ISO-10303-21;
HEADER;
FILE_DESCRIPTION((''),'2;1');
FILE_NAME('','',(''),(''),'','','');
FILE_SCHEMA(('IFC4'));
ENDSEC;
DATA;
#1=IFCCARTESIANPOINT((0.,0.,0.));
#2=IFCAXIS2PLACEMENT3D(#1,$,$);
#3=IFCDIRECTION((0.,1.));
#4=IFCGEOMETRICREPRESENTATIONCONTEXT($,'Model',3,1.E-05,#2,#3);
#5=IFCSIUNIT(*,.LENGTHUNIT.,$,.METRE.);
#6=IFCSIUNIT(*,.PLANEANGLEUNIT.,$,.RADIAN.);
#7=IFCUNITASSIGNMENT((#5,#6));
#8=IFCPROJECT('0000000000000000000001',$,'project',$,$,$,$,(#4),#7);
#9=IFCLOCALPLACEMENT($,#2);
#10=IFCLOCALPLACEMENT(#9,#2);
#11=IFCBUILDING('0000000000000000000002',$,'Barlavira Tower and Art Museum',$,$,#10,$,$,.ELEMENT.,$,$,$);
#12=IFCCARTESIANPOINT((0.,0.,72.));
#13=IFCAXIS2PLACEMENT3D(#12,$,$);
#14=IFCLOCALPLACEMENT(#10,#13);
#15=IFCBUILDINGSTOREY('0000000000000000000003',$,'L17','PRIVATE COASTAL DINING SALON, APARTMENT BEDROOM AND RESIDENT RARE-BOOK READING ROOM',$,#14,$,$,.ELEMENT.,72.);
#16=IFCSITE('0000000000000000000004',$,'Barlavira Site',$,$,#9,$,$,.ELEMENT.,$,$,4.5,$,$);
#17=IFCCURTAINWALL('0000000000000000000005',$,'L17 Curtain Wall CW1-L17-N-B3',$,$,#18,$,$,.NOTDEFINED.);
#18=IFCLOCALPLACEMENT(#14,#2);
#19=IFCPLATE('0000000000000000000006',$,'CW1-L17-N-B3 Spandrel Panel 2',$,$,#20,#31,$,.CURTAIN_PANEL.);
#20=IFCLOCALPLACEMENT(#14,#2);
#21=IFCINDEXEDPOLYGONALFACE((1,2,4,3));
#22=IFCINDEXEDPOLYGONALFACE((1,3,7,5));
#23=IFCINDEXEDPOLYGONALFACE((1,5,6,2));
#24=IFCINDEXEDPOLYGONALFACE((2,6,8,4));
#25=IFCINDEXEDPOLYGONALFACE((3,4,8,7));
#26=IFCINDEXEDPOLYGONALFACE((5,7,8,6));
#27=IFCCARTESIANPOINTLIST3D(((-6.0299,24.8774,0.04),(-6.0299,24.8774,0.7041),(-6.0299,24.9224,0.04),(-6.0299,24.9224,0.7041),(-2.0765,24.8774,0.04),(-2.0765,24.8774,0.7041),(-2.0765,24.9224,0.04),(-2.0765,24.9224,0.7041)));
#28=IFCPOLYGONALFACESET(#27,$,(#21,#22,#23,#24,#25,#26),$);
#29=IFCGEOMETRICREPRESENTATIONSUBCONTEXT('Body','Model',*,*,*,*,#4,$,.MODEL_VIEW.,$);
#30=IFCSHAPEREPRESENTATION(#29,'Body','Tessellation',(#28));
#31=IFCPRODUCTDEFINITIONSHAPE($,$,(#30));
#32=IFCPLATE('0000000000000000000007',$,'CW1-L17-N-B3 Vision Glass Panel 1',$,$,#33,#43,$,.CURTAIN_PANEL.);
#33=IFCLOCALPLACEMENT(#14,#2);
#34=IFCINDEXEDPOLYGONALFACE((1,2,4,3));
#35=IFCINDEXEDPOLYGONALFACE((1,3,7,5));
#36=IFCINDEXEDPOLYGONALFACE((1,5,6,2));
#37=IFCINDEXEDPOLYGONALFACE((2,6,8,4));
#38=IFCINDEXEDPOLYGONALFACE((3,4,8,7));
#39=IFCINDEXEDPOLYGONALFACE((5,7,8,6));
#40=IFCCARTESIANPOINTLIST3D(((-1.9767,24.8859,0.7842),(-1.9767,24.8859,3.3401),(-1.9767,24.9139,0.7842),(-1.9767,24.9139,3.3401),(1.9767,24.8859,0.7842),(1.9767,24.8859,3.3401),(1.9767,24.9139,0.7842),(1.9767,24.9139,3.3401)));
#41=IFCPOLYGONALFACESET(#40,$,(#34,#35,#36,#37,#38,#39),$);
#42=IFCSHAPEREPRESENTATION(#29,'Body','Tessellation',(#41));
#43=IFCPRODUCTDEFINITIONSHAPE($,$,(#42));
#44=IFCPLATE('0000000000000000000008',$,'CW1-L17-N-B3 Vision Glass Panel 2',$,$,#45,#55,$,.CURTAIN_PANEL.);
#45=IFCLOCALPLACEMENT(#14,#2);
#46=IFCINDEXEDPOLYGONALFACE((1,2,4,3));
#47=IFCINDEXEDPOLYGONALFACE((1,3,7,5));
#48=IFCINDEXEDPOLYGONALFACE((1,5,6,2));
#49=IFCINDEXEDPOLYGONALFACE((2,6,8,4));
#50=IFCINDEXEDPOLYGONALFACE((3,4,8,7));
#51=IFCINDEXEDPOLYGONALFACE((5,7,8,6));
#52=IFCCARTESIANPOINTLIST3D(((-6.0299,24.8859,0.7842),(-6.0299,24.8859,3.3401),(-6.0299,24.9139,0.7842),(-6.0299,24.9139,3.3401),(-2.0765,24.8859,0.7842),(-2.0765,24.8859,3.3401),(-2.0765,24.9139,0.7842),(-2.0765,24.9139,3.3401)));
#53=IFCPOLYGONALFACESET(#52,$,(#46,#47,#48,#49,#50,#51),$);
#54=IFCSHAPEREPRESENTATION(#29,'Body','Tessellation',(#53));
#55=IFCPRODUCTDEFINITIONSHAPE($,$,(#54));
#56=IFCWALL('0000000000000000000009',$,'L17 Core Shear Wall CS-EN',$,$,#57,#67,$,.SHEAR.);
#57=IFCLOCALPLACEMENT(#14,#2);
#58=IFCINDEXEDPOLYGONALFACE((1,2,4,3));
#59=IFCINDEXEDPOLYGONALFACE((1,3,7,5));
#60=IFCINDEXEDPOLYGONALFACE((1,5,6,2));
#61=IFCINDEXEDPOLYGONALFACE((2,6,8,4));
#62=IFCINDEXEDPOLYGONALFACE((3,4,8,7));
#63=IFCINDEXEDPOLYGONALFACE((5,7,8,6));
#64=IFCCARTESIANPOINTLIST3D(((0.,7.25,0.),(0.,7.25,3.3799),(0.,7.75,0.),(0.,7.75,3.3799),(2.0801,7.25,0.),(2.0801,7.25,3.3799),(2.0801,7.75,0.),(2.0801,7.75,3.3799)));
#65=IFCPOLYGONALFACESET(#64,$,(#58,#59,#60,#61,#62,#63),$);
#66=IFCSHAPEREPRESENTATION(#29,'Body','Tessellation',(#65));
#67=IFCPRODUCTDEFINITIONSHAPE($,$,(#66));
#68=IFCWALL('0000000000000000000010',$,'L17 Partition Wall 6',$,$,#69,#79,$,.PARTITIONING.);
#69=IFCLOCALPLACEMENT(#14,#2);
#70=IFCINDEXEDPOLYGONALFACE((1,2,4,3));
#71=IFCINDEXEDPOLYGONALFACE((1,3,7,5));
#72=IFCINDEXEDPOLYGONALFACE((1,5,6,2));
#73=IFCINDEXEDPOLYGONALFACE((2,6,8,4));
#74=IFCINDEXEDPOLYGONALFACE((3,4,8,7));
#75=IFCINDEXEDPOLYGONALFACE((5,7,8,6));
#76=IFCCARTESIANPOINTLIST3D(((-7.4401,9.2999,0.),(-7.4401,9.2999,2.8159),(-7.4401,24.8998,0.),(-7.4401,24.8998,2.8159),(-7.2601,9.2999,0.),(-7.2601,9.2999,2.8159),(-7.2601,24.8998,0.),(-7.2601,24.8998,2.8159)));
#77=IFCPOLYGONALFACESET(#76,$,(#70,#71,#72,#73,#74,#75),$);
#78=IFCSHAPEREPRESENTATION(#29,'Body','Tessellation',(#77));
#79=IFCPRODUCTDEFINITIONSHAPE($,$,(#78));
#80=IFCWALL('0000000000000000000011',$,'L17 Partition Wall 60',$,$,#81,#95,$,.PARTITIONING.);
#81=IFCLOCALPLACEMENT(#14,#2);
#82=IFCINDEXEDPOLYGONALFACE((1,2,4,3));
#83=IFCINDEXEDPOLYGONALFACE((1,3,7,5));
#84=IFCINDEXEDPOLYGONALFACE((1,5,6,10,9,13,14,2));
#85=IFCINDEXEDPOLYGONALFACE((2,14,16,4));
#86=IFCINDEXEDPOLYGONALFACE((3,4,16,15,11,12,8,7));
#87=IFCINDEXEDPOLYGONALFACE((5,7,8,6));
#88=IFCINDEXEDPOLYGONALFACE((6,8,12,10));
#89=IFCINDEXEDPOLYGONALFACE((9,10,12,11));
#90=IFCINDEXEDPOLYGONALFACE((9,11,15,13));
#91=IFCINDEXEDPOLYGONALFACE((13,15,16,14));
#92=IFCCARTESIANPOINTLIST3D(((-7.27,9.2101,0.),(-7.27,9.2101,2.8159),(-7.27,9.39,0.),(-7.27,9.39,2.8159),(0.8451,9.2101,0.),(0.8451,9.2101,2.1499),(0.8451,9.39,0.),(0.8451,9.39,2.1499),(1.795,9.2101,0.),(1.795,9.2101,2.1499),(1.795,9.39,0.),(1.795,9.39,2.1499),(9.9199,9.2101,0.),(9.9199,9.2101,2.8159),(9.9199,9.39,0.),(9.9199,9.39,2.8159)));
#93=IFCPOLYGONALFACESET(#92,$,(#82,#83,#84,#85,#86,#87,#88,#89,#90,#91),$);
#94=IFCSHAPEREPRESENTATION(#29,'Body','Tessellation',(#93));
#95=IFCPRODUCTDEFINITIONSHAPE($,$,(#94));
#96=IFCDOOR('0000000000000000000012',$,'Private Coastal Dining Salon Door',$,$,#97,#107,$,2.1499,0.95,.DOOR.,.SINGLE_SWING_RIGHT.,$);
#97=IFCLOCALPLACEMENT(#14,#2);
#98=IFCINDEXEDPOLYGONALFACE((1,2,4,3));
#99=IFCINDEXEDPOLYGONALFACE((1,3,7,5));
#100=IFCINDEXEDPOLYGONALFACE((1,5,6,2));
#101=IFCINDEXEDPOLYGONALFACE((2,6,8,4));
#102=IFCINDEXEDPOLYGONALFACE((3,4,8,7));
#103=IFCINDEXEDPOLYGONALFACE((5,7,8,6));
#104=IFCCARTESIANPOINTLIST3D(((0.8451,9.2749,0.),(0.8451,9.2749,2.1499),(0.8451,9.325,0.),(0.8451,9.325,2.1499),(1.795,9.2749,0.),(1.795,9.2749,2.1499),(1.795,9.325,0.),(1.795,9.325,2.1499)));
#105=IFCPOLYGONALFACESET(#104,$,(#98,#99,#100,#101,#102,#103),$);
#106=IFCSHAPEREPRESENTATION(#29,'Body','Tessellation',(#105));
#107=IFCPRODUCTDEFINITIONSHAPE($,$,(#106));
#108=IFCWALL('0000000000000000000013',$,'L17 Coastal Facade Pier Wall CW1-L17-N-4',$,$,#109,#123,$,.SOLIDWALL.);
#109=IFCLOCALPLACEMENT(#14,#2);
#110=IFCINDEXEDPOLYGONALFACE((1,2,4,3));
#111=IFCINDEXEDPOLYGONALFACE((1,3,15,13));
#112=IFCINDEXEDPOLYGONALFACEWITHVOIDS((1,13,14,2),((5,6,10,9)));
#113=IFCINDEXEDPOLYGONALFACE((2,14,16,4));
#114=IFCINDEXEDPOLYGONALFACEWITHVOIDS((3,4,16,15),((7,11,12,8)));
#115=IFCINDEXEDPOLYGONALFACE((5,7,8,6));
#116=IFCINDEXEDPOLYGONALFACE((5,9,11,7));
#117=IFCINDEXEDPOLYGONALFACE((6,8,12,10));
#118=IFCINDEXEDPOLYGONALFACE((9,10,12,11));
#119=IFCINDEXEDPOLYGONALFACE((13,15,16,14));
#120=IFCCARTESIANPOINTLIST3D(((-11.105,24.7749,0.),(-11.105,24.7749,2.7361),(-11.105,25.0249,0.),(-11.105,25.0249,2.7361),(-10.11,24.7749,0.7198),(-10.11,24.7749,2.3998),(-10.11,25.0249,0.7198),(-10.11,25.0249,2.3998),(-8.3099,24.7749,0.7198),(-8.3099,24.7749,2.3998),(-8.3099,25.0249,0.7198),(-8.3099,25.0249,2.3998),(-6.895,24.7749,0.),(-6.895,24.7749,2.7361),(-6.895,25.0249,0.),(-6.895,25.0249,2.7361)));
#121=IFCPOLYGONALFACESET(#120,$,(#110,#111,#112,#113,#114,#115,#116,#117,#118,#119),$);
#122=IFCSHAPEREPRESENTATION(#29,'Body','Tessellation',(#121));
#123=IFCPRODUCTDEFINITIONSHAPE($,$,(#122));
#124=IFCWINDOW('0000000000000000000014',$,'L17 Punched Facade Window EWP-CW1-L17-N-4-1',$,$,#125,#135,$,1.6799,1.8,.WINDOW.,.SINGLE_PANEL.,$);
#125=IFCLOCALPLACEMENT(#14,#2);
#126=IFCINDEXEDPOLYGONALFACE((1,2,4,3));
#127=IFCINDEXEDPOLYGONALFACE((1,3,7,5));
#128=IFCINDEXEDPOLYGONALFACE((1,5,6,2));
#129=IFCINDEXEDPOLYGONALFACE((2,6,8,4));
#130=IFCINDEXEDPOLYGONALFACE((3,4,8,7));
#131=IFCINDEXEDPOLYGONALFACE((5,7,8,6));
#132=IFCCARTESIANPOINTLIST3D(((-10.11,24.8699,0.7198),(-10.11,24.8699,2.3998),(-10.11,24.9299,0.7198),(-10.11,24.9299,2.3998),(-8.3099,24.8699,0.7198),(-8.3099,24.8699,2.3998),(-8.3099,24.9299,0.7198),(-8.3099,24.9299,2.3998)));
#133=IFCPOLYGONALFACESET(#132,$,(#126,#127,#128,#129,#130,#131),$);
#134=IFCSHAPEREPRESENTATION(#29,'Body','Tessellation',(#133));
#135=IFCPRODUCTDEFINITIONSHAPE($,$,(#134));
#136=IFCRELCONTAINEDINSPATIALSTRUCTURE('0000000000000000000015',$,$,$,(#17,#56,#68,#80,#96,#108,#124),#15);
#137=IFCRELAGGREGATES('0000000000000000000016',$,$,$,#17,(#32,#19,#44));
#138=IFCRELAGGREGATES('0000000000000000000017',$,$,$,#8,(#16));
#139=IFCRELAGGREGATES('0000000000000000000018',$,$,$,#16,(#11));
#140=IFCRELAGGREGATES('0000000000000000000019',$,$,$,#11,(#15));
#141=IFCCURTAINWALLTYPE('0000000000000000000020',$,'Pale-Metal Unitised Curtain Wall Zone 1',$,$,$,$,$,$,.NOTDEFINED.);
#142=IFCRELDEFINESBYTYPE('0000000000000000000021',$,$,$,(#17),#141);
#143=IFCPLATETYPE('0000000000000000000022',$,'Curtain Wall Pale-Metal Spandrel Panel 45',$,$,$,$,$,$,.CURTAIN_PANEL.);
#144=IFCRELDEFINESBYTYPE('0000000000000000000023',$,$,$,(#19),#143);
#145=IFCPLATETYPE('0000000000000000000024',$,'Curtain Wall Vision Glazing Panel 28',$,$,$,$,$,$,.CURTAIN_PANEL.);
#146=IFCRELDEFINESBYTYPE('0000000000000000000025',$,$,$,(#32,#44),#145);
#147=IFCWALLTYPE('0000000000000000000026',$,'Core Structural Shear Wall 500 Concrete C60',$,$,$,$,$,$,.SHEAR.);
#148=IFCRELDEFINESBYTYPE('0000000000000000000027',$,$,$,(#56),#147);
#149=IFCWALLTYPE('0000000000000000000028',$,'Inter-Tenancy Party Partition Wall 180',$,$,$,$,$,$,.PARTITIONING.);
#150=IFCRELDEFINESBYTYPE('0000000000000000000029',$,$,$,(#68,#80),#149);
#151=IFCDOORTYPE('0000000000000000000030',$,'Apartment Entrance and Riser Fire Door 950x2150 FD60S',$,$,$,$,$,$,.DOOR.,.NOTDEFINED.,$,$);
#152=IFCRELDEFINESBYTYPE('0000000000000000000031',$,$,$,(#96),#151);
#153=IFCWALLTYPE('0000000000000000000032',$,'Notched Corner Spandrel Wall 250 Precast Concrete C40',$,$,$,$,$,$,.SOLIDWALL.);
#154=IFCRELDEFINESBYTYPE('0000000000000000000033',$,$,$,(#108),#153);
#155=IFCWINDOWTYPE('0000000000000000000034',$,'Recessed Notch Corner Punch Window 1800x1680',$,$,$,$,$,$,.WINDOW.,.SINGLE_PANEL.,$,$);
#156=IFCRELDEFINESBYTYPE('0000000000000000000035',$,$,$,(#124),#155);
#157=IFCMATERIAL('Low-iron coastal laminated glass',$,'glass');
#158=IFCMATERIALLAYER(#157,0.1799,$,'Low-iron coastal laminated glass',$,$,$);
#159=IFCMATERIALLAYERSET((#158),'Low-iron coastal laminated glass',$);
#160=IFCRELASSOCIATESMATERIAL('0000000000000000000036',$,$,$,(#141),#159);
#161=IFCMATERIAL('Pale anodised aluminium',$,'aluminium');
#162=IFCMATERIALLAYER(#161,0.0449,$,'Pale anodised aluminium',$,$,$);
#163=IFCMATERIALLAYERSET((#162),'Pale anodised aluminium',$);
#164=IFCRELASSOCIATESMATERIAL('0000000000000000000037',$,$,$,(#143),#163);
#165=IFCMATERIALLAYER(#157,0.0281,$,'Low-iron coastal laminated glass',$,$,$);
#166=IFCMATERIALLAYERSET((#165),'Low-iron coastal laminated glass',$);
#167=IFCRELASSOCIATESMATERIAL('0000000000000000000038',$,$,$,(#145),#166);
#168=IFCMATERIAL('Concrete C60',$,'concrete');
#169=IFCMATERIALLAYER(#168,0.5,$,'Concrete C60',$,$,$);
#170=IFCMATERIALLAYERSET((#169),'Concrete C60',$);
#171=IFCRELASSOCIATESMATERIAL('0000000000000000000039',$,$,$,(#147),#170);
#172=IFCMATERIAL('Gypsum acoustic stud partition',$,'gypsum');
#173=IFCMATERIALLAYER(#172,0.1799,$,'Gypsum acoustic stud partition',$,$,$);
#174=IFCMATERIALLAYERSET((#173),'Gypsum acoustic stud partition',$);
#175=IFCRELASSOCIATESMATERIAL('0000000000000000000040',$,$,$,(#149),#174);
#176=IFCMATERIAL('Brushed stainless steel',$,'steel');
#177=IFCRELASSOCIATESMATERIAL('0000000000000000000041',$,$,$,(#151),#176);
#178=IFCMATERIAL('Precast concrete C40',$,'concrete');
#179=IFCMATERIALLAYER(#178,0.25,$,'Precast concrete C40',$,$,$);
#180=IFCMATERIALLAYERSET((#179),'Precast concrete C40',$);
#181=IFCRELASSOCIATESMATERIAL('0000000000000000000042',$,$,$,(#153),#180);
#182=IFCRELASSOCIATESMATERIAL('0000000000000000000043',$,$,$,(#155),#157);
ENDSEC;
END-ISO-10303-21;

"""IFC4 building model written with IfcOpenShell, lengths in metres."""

from ifc_helpers import new_model, si_unit, direction, frame, frame_2d, origin, origin_2d, place, context, subcontext, project, spatial, rectangle, extrude, material, layer, layer_set, type_object, element, fill, aggregate, save


model = new_model("IFC4")

# Units and contexts
model_context = context("Model", 3, precision=1e-05, world=origin(), true_north=direction((0.0, 1.0)))
body_context = subcontext(model_context, "Body", "Model", "MODEL_VIEW")
ifc_project = project(units=[si_unit("LENGTHUNIT", "METRE"), si_unit("PLANEANGLEUNIT", "RADIAN")], contexts=[model_context])

# Site, building, storey
site_placement = place(None, origin())
site = spatial("IfcSite", under=ifc_project, at=site_placement, Name="Barlavira Site", CompositionType="ELEMENT", RefElevation=4.5)
building_placement = place(site_placement, origin())
building = spatial("IfcBuilding", under=site, at=building_placement, Name="Barlavira Tower and Art Museum", CompositionType="ELEMENT")
storey_placement = place(building_placement, frame((0.0, 0.0, 72.0)))
storey = spatial("IfcBuildingStorey", under=building, at=storey_placement, Name="L17", Description="PRIVATE COASTAL DINING SALON, APARTMENT BEDROOM AND RESIDENT RARE-BOOK READING ROOM", CompositionType="ELEMENT", Elevation=72.0)

# Shared definitions
ifc_material_1 = material(Name="Concrete C60", Category="concrete")

# Curtain wall
ifc_material_2 = material(Name="Low-iron coastal laminated glass", Category="glass")
ifc_layer_1 = layer(ifc_material_2, 0.1799, Name="Low-iron coastal laminated glass")
ifc_layer_set_1 = layer_set([ifc_layer_1], Name="Low-iron coastal laminated glass")
curtain_wall_type = type_object("IfcCurtainWallType", Name="Pale-Metal Unitised Curtain Wall Zone 1", PredefinedType="NOTDEFINED", material=ifc_layer_set_1)
curtain_wall_placement = place(storey_placement, origin())
curtain_wall = element("IfcCurtainWall", 1, at=curtain_wall_placement, inside=storey, type_object=curtain_wall_type, Name="L17 Curtain Wall CW1-L17-N-B3", PredefinedType="NOTDEFINED")
ifc_material_3 = material(Name="Pale anodised aluminium", Category="aluminium")

# Plates
ifc_layer_2 = layer(ifc_material_3, 0.0449, Name="Pale anodised aluminium")
ifc_layer_set_2 = layer_set([ifc_layer_2], Name="Pale anodised aluminium")
plate_type_1 = type_object("IfcPlateType", Name="Curtain Wall Pale-Metal Spandrel Panel 45", PredefinedType="CURTAIN_PANEL", material=ifc_layer_set_2)
plate_1_placement = place(storey_placement, frame((-4.0532, 24.8999, 0.04), z_axis=(0.0, 0.0, 1.0), x_axis=(-1.0, 0.0, 0.0)))
plate_1 = element("IfcPlate", 2, at=plate_1_placement, type_object=plate_type_1, Name="CW1-L17-N-B3 Spandrel Panel 2", PredefinedType="CURTAIN_PANEL", context=body_context, shape_type="SweptSolid", body=[
    extrude(rectangle(XDim=3.9534, YDim=0.0449, at=origin_2d()), origin(), (0.0, 0.0, 1.0), 0.6641),
])
ifc_layer_3 = layer(ifc_material_2, 0.0281, Name="Low-iron coastal laminated glass")
ifc_layer_set_3 = layer_set([ifc_layer_3], Name="Low-iron coastal laminated glass")
plate_type_2 = type_object("IfcPlateType", Name="Curtain Wall Vision Glazing Panel 28", PredefinedType="CURTAIN_PANEL", material=ifc_layer_set_3)
plate_2_placement = place(storey_placement, frame((0.0, 24.8999, 0.7842), z_axis=(0.0, 0.0, 1.0), x_axis=(-1.0, 0.0, 0.0)))
plate_2 = element("IfcPlate", 3, at=plate_2_placement, type_object=plate_type_2, Name="CW1-L17-N-B3 Vision Glass Panel 1", PredefinedType="CURTAIN_PANEL", context=body_context, shape_type="SweptSolid", body=[
    extrude(rectangle(XDim=3.9534, YDim=0.0281, at=origin_2d()), origin(), (0.0, 0.0, 1.0), 2.5559),
])
plate_3_placement = place(storey_placement, frame((-4.0532, 24.8999, 0.7842), z_axis=(0.0, 0.0, 1.0), x_axis=(-1.0, 0.0, 0.0)))
plate_3 = element("IfcPlate", 4, at=plate_3_placement, type_object=plate_type_2, Name="CW1-L17-N-B3 Vision Glass Panel 2", PredefinedType="CURTAIN_PANEL", context=body_context, shape_type="SweptSolid", body=[
    extrude(rectangle(XDim=3.9534, YDim=0.0281, at=origin_2d()), origin(), (0.0, 0.0, 1.0), 2.5559),
])
aggregate(curtain_wall, [plate_2, plate_1, plate_3])

# Shared definitions
ifc_layer_4 = layer(ifc_material_1, 0.5, Name="Concrete C60")
ifc_layer_set_4 = layer_set([ifc_layer_4], Name="Concrete C60")
wall_type_1 = type_object("IfcWallType", Name="Core Structural Shear Wall 500 Concrete C60", PredefinedType="SHEAR", material=ifc_layer_set_4)
ifc_material_4 = material(Name="Brushed stainless steel", Category="steel")

# Walls
wall_1_placement = place(storey_placement, frame((0.0, 7.5, 0.0), z_axis=(0.0, 0.0, 1.0), x_axis=(1.0, 0.0, 0.0)))
element("IfcWall", 5, at=wall_1_placement, inside=storey, type_object=wall_type_1, Name="L17 Core Shear Wall CS-EN", PredefinedType="SHEAR", context=body_context, shape_type="SweptSolid", body=[
    extrude(rectangle(XDim=2.0801, YDim=0.5, at=frame_2d((1.04, 0.0))), origin(), (0.0, 0.0, 1.0), 3.3799),
])
ifc_material_5 = material(Name="Gypsum acoustic stud partition", Category="gypsum")
ifc_layer_5 = layer(ifc_material_5, 0.1799, Name="Gypsum acoustic stud partition")
ifc_layer_set_5 = layer_set([ifc_layer_5], Name="Gypsum acoustic stud partition")
wall_type_2 = type_object("IfcWallType", Name="Inter-Tenancy Party Partition Wall 180", PredefinedType="PARTITIONING", material=ifc_layer_set_5)
wall_2_placement = place(storey_placement, frame((-7.3501, 9.3, 0.0), z_axis=(0.0, 0.0, 1.0), x_axis=(0.0, 1.0, 0.0)))
element("IfcWall", 6, at=wall_2_placement, inside=storey, type_object=wall_type_2, Name="L17 Partition Wall 6", PredefinedType="PARTITIONING", context=body_context, shape_type="SweptSolid", body=[
    extrude(rectangle(XDim=15.5999, YDim=0.1799, at=frame_2d((7.7998, 0.0))), origin(), (0.0, 0.0, 1.0), 2.8159),
])

# Wall, opening, door
wall_3_placement = place(storey_placement, frame((-7.27, 9.3, 0.0), z_axis=(0.0, 0.0, 1.0), x_axis=(1.0, 0.0, 0.0)))
wall_3 = element("IfcWall", 7, at=wall_3_placement, inside=storey, type_object=wall_type_2, Name="L17 Partition Wall 60", PredefinedType="PARTITIONING", context=body_context, shape_type="SweptSolid", body=[
    extrude(rectangle(XDim=17.1899, YDim=0.1799, at=frame_2d((8.595, 0.0))), origin(), (0.0, 0.0, 1.0), 2.8159),
])
opening_1_placement = place(wall_3_placement, frame((8.115, 0.0, 0.0)))
opening_1 = element("IfcOpeningElement", 8, at=opening_1_placement, cuts=wall_3, PredefinedType="OPENING", context=body_context, shape_type="SweptSolid", body=[
    extrude(rectangle(XDim=0.95, YDim=2.1499, at=frame_2d((0.4751, 1.075))), frame((0.0, 0.1001, 0.0), z_axis=(0.0, -1.0, 0.0), x_axis=(1.0, 0.0, 0.0)), (0.0, 0.0, 1.0), 0.2),
])
door_type_1 = type_object("IfcDoorType", Name="Apartment Entrance and Riser Fire Door 950x2150 FD60S", OperationType="NOTDEFINED", PredefinedType="DOOR", material=ifc_material_4)
door_1_placement = place(opening_1_placement, origin())
door_1 = element("IfcDoor", 9, at=door_1_placement, inside=storey, type_object=door_type_1, Name="Private Coastal Dining Salon Door", OperationType="SINGLE_SWING_RIGHT", OverallHeight=2.1499, OverallWidth=0.95, PredefinedType="DOOR", context=body_context, shape_type="SweptSolid", body=[
    extrude(rectangle(XDim=0.95, YDim=2.1499, at=frame_2d((0.4751, 1.075))), frame((0.0, 0.0249, 0.0), z_axis=(0.0, -1.0, 0.0), x_axis=(1.0, 0.0, 0.0)), (0.0, 0.0, 1.0), 0.05),
])
fill(opening_1, door_1)

# Wall, opening, window
ifc_material_6 = material(Name="Precast concrete C40", Category="concrete")
ifc_layer_6 = layer(ifc_material_6, 0.25, Name="Precast concrete C40")
ifc_layer_set_6 = layer_set([ifc_layer_6], Name="Precast concrete C40")
wall_type_3 = type_object("IfcWallType", Name="Notched Corner Spandrel Wall 250 Precast Concrete C40", PredefinedType="SOLIDWALL", material=ifc_layer_set_6)
wall_4_placement = place(storey_placement, frame((-6.895, 24.8999, 0.0), z_axis=(0.0, 0.0, 1.0), x_axis=(-1.0, 0.0, 0.0)))
wall_4 = element("IfcWall", 10, at=wall_4_placement, inside=storey, type_object=wall_type_3, Name="L17 Coastal Facade Pier Wall CW1-L17-N-4", PredefinedType="SOLIDWALL", context=body_context, shape_type="SweptSolid", body=[
    extrude(rectangle(XDim=4.21, YDim=0.25, at=frame_2d((2.105, 0.0))), origin(), (0.0, 0.0, 1.0), 2.7361),
])
opening_2_placement = place(wall_4_placement, frame((1.415, 0.0, 0.72)))
opening_2 = element("IfcOpeningElement", 11, at=opening_2_placement, cuts=wall_4, PredefinedType="OPENING", context=body_context, shape_type="SweptSolid", body=[
    extrude(rectangle(XDim=1.8, YDim=1.6799, at=frame_2d((0.8999, 0.8398))), frame((0.0, 0.135, 0.0), z_axis=(0.0, -1.0, 0.0), x_axis=(1.0, 0.0, 0.0)), (0.0, 0.0, 1.0), 0.27),
])
window_type = type_object("IfcWindowType", Name="Recessed Notch Corner Punch Window 1800x1680", PartitioningType="SINGLE_PANEL", PredefinedType="WINDOW", material=ifc_material_2)
window_placement = place(opening_2_placement, origin())
window = element("IfcWindow", 12, at=window_placement, inside=storey, type_object=window_type, Name="L17 Punched Facade Window EWP-CW1-L17-N-4-1", OverallHeight=1.6799, OverallWidth=1.8, PartitioningType="SINGLE_PANEL", PredefinedType="WINDOW", context=body_context, shape_type="SweptSolid", body=[
    extrude(rectangle(XDim=1.8, YDim=1.6799, at=frame_2d((0.8999, 0.8398))), frame((0.0, 0.03, 0.0), z_axis=(0.0, -1.0, 0.0), x_axis=(1.0, 0.0, 0.0)), (0.0, 0.0, 1.0), 0.0601),
])
fill(opening_2, window)

save(model, "model.ifc")
